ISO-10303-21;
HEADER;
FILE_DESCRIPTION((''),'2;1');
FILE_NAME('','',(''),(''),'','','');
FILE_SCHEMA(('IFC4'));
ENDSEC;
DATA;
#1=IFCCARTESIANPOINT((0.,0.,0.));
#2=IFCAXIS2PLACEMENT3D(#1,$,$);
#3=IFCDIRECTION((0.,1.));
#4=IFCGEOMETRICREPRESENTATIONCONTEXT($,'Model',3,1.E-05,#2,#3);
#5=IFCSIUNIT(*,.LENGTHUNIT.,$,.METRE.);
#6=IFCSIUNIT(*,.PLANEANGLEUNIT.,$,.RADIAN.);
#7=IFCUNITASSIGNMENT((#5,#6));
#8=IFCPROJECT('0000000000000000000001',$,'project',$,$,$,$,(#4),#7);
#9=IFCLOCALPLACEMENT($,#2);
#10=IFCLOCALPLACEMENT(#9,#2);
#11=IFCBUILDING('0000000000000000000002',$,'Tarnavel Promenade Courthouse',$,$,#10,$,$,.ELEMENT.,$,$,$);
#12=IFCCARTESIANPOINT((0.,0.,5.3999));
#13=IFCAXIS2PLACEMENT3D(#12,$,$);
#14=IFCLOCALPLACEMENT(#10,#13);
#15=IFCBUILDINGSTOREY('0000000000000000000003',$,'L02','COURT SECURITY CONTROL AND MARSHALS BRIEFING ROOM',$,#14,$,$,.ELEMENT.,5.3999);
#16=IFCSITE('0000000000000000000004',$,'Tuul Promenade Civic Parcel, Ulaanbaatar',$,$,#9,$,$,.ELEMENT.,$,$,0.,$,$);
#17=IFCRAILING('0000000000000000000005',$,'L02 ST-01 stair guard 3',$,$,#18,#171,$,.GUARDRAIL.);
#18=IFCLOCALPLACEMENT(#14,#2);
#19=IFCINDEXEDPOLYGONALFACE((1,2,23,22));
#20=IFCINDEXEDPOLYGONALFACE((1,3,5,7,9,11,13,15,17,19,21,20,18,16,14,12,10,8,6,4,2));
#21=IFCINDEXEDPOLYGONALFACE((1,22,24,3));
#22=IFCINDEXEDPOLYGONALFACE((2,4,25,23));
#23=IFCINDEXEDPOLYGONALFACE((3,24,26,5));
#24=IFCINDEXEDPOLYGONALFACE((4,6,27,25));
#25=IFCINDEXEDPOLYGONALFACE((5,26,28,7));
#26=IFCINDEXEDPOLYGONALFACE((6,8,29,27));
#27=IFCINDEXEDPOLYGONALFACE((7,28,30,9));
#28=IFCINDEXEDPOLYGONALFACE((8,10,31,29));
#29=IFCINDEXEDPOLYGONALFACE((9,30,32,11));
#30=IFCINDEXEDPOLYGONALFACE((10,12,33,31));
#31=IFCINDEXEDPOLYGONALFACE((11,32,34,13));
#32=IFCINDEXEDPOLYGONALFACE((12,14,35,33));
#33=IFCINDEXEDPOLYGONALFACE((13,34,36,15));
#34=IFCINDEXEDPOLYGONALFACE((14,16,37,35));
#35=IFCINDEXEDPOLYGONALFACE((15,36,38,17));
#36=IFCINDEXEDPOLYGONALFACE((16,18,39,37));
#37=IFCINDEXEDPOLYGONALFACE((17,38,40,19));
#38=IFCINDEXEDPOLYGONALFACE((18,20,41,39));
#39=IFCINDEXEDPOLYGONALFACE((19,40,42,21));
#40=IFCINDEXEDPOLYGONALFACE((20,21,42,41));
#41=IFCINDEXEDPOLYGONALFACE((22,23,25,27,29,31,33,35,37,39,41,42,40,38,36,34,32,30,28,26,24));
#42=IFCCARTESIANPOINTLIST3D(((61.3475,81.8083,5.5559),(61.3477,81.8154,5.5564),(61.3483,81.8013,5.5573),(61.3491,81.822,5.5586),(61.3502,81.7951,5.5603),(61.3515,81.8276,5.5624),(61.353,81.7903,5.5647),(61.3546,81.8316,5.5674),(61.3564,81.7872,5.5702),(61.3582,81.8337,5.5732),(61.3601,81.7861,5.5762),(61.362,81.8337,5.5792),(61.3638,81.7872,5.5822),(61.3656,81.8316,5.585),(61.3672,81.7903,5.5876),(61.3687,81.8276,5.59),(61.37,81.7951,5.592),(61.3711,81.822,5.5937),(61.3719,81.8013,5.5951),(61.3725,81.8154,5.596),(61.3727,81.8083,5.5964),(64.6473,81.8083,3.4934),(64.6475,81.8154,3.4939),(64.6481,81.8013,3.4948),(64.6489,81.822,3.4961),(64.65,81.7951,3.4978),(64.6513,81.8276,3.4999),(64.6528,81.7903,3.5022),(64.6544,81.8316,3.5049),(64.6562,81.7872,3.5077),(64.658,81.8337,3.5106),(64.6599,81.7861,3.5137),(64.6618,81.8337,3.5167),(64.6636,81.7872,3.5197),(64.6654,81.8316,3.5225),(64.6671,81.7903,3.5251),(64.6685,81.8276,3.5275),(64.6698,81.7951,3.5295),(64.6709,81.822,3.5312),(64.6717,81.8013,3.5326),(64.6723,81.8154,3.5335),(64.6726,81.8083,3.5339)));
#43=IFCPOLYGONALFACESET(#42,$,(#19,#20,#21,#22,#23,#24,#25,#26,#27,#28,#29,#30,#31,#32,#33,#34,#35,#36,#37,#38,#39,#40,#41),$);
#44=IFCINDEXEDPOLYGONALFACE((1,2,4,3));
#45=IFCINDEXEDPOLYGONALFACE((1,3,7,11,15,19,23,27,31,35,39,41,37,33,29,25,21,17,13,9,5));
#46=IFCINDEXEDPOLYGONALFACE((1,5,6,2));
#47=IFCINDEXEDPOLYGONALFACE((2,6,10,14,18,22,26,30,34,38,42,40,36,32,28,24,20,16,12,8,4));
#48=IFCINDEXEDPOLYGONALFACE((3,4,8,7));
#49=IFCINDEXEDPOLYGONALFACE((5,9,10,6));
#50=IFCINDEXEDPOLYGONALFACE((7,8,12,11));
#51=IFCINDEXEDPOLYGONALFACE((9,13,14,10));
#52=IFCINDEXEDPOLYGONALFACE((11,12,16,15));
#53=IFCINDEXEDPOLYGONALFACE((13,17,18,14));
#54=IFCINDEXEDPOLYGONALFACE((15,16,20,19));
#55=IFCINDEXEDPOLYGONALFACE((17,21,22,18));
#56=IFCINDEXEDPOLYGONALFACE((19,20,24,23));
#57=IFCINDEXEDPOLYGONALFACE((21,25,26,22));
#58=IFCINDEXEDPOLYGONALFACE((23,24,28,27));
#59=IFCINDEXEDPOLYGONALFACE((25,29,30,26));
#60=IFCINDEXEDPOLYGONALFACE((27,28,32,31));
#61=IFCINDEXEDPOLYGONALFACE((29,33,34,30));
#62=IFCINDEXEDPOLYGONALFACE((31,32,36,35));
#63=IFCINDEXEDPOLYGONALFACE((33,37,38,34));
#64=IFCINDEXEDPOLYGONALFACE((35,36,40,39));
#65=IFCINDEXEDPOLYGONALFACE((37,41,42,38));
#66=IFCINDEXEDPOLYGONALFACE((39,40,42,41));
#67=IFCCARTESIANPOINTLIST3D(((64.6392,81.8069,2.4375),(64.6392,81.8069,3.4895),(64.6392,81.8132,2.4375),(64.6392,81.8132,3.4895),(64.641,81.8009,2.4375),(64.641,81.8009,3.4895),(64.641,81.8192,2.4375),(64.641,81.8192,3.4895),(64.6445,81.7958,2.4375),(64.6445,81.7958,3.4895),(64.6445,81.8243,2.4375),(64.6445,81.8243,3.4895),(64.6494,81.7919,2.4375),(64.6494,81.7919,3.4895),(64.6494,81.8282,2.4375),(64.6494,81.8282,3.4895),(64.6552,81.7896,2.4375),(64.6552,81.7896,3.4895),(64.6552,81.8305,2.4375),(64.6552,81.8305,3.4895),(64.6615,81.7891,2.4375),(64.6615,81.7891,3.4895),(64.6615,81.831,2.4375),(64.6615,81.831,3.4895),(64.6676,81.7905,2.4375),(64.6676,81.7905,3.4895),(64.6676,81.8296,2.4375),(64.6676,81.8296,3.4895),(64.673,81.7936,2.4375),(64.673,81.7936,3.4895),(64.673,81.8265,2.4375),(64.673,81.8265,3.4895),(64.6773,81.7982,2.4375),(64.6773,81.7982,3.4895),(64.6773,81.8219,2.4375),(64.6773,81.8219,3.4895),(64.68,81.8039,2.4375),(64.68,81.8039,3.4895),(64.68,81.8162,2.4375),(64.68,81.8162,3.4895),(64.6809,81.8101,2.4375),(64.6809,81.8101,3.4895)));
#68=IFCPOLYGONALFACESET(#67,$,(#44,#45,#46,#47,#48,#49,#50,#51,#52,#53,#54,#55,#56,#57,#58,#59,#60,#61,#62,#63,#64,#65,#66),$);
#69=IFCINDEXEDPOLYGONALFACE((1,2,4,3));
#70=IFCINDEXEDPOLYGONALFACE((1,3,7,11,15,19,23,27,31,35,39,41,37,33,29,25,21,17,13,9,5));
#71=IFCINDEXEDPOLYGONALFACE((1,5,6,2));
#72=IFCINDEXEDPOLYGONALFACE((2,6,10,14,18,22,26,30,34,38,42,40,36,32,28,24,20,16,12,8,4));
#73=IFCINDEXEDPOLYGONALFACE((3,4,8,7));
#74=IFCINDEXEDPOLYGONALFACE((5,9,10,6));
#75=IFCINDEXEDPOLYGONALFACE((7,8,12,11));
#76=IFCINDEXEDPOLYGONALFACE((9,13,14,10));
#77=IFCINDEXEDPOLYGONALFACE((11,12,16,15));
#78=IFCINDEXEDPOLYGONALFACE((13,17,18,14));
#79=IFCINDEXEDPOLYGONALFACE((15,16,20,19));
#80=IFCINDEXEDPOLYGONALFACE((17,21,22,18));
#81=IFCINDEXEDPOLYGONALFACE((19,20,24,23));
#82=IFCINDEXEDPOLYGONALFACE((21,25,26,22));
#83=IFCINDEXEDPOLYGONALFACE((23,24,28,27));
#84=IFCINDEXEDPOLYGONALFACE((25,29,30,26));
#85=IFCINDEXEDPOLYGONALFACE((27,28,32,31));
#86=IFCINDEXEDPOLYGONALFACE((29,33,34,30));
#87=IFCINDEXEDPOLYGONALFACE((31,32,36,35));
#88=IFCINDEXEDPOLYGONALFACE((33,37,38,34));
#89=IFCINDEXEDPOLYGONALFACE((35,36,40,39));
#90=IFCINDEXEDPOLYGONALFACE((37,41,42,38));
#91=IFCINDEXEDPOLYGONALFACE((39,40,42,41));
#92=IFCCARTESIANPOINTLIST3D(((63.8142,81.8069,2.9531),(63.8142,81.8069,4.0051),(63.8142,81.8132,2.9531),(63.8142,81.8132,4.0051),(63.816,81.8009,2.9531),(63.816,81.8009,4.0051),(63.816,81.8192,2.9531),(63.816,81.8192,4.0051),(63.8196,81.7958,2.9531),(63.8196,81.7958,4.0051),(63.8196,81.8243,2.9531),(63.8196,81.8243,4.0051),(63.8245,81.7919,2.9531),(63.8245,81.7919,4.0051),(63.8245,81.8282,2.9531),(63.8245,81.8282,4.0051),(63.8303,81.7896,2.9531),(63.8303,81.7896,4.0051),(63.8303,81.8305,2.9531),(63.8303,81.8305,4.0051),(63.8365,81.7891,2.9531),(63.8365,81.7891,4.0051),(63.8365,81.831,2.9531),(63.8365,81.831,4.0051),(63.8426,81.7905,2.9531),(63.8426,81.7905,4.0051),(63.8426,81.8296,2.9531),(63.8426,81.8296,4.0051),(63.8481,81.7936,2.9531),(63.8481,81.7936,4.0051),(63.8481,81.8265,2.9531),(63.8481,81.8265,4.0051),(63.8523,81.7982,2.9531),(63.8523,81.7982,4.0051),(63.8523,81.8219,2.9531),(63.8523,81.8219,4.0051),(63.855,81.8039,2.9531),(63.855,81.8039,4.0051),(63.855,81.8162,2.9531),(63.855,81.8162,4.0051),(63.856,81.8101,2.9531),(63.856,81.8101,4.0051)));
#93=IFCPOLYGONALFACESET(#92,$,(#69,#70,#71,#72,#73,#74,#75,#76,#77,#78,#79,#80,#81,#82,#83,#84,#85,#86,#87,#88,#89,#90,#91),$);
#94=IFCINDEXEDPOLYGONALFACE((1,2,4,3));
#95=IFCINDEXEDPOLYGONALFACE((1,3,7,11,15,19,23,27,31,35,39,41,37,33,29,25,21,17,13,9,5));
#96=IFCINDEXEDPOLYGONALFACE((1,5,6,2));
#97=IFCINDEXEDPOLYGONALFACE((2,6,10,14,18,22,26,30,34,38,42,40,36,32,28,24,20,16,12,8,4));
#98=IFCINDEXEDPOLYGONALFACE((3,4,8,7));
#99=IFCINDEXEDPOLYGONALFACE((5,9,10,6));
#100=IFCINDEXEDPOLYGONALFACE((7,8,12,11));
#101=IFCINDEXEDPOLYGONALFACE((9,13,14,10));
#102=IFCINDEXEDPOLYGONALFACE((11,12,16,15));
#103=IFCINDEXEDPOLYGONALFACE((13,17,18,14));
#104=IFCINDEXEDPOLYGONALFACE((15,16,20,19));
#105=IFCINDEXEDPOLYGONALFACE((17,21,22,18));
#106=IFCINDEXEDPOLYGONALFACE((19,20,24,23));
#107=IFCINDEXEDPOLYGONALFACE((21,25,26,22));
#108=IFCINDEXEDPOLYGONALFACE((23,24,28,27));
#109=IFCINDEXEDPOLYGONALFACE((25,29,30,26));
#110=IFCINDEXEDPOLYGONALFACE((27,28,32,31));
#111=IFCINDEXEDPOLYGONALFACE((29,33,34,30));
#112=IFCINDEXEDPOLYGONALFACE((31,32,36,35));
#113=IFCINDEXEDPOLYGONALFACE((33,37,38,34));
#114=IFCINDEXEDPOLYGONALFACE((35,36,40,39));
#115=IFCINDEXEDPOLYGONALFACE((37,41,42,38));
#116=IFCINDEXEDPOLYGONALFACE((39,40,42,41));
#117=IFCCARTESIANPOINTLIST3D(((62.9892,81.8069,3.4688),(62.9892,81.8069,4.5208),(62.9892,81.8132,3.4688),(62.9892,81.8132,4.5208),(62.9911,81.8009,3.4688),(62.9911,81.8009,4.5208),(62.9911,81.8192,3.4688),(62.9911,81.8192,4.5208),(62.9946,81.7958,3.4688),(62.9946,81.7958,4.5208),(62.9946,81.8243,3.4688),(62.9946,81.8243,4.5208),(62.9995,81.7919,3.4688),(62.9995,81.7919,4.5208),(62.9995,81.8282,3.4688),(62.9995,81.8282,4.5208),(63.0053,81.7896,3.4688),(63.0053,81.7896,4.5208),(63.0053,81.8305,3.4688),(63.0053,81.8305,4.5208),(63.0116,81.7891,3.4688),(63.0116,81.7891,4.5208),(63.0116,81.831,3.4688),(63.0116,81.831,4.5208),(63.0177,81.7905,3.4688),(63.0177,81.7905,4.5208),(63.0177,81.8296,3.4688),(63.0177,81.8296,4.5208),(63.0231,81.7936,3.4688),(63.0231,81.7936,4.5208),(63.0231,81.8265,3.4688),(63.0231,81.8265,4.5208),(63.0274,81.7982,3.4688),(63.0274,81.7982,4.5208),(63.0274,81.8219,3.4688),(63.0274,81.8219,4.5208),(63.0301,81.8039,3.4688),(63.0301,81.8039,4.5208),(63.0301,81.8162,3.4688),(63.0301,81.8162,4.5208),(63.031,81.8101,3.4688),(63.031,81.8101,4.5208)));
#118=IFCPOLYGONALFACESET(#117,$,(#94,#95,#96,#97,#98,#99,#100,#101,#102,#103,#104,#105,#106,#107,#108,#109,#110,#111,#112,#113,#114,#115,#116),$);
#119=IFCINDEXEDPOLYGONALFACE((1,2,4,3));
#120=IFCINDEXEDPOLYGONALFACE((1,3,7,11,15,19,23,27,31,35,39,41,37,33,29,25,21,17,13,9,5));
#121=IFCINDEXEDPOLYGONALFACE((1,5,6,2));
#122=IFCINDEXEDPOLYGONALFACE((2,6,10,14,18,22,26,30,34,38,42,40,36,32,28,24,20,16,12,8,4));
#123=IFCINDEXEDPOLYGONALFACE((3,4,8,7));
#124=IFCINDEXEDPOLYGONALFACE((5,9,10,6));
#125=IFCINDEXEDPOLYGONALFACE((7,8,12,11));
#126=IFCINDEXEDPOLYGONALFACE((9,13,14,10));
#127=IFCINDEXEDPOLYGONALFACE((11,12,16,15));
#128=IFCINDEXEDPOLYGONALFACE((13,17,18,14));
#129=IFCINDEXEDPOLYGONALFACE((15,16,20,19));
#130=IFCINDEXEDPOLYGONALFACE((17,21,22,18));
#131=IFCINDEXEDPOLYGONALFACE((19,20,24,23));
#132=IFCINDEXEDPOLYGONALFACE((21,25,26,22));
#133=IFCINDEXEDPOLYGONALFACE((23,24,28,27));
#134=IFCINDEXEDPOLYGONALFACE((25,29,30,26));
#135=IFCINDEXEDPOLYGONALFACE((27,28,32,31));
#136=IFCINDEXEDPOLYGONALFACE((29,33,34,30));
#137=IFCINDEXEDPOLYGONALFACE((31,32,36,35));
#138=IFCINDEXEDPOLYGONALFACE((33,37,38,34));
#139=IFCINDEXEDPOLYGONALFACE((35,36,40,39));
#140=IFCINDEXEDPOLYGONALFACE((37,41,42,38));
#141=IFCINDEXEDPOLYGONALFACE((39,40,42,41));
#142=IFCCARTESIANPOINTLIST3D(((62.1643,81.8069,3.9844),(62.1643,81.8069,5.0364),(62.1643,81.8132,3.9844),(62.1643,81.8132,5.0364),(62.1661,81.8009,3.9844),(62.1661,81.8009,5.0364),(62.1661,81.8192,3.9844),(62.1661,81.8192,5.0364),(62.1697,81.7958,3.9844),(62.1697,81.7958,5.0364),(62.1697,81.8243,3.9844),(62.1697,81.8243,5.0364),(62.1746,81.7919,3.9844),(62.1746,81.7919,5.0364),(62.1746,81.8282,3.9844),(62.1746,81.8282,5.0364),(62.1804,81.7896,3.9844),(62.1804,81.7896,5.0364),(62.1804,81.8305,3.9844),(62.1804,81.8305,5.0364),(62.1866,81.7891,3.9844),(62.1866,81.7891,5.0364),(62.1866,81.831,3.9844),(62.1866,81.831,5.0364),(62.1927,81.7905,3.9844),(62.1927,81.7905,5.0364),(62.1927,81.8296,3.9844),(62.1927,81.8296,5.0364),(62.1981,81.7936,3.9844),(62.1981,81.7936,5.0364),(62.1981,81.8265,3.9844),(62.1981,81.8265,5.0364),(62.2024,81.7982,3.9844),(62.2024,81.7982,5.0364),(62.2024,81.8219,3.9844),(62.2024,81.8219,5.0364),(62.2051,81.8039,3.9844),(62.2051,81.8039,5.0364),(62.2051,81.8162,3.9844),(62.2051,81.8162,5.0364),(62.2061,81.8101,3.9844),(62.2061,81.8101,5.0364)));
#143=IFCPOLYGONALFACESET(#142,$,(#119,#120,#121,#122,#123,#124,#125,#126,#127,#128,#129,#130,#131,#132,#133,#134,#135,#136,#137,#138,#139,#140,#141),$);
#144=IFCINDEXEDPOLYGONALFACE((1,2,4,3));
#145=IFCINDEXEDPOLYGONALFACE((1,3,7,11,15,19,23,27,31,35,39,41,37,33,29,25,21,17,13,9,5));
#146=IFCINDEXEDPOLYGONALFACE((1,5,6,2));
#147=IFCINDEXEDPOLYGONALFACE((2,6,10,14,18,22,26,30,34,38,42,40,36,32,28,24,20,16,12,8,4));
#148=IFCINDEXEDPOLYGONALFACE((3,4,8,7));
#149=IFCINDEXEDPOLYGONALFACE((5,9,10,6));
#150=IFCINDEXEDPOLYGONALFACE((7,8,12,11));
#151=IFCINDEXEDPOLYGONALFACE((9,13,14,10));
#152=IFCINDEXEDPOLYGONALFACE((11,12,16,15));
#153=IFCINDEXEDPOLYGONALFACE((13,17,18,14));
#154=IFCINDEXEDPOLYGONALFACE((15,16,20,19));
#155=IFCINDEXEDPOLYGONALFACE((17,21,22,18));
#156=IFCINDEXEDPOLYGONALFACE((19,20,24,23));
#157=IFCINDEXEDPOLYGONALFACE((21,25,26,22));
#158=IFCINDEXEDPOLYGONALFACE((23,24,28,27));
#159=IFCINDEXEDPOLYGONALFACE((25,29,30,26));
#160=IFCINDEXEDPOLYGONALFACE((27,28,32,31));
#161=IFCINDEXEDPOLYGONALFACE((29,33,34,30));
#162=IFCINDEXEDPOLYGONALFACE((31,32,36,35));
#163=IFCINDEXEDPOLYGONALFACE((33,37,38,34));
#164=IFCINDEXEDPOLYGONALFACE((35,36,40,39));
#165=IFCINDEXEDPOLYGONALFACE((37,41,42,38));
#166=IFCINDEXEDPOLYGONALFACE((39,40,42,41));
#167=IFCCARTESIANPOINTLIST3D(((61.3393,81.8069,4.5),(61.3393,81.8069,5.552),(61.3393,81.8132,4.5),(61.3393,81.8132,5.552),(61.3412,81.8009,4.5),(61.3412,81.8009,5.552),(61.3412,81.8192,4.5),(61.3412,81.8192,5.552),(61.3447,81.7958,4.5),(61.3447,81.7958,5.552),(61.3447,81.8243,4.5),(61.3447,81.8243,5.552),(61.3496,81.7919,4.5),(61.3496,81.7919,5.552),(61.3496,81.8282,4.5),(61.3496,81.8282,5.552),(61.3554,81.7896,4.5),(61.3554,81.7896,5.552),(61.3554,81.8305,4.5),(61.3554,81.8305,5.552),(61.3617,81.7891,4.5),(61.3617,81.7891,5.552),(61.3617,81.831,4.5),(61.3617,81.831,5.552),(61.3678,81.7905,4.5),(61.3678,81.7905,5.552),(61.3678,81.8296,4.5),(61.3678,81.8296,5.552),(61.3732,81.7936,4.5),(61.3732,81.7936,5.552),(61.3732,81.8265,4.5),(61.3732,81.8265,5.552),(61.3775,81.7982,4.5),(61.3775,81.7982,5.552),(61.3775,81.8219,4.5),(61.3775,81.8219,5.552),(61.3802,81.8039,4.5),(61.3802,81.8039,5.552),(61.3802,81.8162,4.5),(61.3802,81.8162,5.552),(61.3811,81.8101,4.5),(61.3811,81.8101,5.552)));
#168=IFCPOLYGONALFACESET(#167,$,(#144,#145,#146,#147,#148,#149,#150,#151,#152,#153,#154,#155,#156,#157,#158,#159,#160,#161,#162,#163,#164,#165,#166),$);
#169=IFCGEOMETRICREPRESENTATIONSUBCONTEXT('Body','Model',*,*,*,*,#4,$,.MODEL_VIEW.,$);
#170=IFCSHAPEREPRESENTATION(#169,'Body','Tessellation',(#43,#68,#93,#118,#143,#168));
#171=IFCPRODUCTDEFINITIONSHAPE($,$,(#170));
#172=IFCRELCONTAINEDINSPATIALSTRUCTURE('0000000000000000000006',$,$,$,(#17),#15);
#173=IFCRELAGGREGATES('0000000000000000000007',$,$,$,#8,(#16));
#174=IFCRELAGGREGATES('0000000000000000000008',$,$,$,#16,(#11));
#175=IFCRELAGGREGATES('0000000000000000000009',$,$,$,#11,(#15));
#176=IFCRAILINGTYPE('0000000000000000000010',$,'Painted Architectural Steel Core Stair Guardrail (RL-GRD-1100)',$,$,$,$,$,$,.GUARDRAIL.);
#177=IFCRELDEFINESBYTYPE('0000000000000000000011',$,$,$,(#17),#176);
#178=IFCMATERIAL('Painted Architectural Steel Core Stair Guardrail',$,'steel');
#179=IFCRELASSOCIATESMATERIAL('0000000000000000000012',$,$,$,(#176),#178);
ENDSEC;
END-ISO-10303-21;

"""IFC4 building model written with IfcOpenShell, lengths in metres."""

from ifc_helpers import new_model, si_unit, direction, frame, origin, origin_2d, place, context, subcontext, project, spatial, circle, extrude, material, type_object, element, save


model = new_model("IFC4")

# Units and contexts
model_context = context("Model", 3, precision=1e-05, world=origin(), true_north=direction((0.0, 1.0)))
body_context = subcontext(model_context, "Body", "Model", "MODEL_VIEW")
ifc_project = project(units=[si_unit("LENGTHUNIT", "METRE"), si_unit("PLANEANGLEUNIT", "RADIAN")], contexts=[model_context])

# Site, building, storey
site_placement = place(None, origin())
site = spatial("IfcSite", under=ifc_project, at=site_placement, Name="Tuul Promenade Civic Parcel, Ulaanbaatar", CompositionType="ELEMENT", RefElevation=0.0)
building_placement = place(site_placement, origin())
building = spatial("IfcBuilding", under=site, at=building_placement, Name="Tarnavel Promenade Courthouse", CompositionType="ELEMENT")
storey_placement = place(building_placement, frame((0.0, 0.0, 5.3999)))
storey = spatial("IfcBuildingStorey", under=building, at=storey_placement, Name="L02", Description="COURT SECURITY CONTROL AND MARSHALS BRIEFING ROOM", CompositionType="ELEMENT", Elevation=5.3999)

# Railing
ifc_material_1 = material(Name="Painted Architectural Steel Core Stair Guardrail", Category="steel")
railing_type_1 = type_object("IfcRailingType", Name="Painted Architectural Steel Core Stair Guardrail (RL-GRD-1100)", PredefinedType="GUARDRAIL", material=ifc_material_1)
railing_1_placement = place(storey_placement, frame((64.6599, 81.8101, 2.4375)))
element("IfcRailing", 1, at=railing_1_placement, inside=storey, type_object=railing_type_1, Name="L02 ST-01 stair guard 3", PredefinedType="GUARDRAIL", context=body_context, shape_type="SweptSolid", body=[
    extrude(circle(Radius=0.0239, at=origin_2d()), frame((0.0, 0.0, 1.0762), z_axis=(-0.847984, 0.0, 0.530021), x_axis=(0.0, -1.0, 0.0)), (0.0, 0.0, 1.0), 3.8914),
    extrude(circle(Radius=0.021, at=origin_2d()), origin(), (0.0, 0.0, 1.0), 1.052),
    extrude(circle(Radius=0.021, at=origin_2d()), frame((-0.825, 0.0, 0.5156)), (0.0, 0.0, 1.0), 1.052),
    extrude(circle(Radius=0.021, at=origin_2d()), frame((-1.6499, 0.0, 1.0312)), (0.0, 0.0, 1.0), 1.052),
    extrude(circle(Radius=0.021, at=origin_2d()), frame((-2.4749, 0.0, 1.5469)), (0.0, 0.0, 1.0), 1.052),
    extrude(circle(Radius=0.021, at=origin_2d()), frame((-3.2998, 0.0, 2.0625)), (0.0, 0.0, 1.0), 1.052),
])

save(model, "model.ifc")
